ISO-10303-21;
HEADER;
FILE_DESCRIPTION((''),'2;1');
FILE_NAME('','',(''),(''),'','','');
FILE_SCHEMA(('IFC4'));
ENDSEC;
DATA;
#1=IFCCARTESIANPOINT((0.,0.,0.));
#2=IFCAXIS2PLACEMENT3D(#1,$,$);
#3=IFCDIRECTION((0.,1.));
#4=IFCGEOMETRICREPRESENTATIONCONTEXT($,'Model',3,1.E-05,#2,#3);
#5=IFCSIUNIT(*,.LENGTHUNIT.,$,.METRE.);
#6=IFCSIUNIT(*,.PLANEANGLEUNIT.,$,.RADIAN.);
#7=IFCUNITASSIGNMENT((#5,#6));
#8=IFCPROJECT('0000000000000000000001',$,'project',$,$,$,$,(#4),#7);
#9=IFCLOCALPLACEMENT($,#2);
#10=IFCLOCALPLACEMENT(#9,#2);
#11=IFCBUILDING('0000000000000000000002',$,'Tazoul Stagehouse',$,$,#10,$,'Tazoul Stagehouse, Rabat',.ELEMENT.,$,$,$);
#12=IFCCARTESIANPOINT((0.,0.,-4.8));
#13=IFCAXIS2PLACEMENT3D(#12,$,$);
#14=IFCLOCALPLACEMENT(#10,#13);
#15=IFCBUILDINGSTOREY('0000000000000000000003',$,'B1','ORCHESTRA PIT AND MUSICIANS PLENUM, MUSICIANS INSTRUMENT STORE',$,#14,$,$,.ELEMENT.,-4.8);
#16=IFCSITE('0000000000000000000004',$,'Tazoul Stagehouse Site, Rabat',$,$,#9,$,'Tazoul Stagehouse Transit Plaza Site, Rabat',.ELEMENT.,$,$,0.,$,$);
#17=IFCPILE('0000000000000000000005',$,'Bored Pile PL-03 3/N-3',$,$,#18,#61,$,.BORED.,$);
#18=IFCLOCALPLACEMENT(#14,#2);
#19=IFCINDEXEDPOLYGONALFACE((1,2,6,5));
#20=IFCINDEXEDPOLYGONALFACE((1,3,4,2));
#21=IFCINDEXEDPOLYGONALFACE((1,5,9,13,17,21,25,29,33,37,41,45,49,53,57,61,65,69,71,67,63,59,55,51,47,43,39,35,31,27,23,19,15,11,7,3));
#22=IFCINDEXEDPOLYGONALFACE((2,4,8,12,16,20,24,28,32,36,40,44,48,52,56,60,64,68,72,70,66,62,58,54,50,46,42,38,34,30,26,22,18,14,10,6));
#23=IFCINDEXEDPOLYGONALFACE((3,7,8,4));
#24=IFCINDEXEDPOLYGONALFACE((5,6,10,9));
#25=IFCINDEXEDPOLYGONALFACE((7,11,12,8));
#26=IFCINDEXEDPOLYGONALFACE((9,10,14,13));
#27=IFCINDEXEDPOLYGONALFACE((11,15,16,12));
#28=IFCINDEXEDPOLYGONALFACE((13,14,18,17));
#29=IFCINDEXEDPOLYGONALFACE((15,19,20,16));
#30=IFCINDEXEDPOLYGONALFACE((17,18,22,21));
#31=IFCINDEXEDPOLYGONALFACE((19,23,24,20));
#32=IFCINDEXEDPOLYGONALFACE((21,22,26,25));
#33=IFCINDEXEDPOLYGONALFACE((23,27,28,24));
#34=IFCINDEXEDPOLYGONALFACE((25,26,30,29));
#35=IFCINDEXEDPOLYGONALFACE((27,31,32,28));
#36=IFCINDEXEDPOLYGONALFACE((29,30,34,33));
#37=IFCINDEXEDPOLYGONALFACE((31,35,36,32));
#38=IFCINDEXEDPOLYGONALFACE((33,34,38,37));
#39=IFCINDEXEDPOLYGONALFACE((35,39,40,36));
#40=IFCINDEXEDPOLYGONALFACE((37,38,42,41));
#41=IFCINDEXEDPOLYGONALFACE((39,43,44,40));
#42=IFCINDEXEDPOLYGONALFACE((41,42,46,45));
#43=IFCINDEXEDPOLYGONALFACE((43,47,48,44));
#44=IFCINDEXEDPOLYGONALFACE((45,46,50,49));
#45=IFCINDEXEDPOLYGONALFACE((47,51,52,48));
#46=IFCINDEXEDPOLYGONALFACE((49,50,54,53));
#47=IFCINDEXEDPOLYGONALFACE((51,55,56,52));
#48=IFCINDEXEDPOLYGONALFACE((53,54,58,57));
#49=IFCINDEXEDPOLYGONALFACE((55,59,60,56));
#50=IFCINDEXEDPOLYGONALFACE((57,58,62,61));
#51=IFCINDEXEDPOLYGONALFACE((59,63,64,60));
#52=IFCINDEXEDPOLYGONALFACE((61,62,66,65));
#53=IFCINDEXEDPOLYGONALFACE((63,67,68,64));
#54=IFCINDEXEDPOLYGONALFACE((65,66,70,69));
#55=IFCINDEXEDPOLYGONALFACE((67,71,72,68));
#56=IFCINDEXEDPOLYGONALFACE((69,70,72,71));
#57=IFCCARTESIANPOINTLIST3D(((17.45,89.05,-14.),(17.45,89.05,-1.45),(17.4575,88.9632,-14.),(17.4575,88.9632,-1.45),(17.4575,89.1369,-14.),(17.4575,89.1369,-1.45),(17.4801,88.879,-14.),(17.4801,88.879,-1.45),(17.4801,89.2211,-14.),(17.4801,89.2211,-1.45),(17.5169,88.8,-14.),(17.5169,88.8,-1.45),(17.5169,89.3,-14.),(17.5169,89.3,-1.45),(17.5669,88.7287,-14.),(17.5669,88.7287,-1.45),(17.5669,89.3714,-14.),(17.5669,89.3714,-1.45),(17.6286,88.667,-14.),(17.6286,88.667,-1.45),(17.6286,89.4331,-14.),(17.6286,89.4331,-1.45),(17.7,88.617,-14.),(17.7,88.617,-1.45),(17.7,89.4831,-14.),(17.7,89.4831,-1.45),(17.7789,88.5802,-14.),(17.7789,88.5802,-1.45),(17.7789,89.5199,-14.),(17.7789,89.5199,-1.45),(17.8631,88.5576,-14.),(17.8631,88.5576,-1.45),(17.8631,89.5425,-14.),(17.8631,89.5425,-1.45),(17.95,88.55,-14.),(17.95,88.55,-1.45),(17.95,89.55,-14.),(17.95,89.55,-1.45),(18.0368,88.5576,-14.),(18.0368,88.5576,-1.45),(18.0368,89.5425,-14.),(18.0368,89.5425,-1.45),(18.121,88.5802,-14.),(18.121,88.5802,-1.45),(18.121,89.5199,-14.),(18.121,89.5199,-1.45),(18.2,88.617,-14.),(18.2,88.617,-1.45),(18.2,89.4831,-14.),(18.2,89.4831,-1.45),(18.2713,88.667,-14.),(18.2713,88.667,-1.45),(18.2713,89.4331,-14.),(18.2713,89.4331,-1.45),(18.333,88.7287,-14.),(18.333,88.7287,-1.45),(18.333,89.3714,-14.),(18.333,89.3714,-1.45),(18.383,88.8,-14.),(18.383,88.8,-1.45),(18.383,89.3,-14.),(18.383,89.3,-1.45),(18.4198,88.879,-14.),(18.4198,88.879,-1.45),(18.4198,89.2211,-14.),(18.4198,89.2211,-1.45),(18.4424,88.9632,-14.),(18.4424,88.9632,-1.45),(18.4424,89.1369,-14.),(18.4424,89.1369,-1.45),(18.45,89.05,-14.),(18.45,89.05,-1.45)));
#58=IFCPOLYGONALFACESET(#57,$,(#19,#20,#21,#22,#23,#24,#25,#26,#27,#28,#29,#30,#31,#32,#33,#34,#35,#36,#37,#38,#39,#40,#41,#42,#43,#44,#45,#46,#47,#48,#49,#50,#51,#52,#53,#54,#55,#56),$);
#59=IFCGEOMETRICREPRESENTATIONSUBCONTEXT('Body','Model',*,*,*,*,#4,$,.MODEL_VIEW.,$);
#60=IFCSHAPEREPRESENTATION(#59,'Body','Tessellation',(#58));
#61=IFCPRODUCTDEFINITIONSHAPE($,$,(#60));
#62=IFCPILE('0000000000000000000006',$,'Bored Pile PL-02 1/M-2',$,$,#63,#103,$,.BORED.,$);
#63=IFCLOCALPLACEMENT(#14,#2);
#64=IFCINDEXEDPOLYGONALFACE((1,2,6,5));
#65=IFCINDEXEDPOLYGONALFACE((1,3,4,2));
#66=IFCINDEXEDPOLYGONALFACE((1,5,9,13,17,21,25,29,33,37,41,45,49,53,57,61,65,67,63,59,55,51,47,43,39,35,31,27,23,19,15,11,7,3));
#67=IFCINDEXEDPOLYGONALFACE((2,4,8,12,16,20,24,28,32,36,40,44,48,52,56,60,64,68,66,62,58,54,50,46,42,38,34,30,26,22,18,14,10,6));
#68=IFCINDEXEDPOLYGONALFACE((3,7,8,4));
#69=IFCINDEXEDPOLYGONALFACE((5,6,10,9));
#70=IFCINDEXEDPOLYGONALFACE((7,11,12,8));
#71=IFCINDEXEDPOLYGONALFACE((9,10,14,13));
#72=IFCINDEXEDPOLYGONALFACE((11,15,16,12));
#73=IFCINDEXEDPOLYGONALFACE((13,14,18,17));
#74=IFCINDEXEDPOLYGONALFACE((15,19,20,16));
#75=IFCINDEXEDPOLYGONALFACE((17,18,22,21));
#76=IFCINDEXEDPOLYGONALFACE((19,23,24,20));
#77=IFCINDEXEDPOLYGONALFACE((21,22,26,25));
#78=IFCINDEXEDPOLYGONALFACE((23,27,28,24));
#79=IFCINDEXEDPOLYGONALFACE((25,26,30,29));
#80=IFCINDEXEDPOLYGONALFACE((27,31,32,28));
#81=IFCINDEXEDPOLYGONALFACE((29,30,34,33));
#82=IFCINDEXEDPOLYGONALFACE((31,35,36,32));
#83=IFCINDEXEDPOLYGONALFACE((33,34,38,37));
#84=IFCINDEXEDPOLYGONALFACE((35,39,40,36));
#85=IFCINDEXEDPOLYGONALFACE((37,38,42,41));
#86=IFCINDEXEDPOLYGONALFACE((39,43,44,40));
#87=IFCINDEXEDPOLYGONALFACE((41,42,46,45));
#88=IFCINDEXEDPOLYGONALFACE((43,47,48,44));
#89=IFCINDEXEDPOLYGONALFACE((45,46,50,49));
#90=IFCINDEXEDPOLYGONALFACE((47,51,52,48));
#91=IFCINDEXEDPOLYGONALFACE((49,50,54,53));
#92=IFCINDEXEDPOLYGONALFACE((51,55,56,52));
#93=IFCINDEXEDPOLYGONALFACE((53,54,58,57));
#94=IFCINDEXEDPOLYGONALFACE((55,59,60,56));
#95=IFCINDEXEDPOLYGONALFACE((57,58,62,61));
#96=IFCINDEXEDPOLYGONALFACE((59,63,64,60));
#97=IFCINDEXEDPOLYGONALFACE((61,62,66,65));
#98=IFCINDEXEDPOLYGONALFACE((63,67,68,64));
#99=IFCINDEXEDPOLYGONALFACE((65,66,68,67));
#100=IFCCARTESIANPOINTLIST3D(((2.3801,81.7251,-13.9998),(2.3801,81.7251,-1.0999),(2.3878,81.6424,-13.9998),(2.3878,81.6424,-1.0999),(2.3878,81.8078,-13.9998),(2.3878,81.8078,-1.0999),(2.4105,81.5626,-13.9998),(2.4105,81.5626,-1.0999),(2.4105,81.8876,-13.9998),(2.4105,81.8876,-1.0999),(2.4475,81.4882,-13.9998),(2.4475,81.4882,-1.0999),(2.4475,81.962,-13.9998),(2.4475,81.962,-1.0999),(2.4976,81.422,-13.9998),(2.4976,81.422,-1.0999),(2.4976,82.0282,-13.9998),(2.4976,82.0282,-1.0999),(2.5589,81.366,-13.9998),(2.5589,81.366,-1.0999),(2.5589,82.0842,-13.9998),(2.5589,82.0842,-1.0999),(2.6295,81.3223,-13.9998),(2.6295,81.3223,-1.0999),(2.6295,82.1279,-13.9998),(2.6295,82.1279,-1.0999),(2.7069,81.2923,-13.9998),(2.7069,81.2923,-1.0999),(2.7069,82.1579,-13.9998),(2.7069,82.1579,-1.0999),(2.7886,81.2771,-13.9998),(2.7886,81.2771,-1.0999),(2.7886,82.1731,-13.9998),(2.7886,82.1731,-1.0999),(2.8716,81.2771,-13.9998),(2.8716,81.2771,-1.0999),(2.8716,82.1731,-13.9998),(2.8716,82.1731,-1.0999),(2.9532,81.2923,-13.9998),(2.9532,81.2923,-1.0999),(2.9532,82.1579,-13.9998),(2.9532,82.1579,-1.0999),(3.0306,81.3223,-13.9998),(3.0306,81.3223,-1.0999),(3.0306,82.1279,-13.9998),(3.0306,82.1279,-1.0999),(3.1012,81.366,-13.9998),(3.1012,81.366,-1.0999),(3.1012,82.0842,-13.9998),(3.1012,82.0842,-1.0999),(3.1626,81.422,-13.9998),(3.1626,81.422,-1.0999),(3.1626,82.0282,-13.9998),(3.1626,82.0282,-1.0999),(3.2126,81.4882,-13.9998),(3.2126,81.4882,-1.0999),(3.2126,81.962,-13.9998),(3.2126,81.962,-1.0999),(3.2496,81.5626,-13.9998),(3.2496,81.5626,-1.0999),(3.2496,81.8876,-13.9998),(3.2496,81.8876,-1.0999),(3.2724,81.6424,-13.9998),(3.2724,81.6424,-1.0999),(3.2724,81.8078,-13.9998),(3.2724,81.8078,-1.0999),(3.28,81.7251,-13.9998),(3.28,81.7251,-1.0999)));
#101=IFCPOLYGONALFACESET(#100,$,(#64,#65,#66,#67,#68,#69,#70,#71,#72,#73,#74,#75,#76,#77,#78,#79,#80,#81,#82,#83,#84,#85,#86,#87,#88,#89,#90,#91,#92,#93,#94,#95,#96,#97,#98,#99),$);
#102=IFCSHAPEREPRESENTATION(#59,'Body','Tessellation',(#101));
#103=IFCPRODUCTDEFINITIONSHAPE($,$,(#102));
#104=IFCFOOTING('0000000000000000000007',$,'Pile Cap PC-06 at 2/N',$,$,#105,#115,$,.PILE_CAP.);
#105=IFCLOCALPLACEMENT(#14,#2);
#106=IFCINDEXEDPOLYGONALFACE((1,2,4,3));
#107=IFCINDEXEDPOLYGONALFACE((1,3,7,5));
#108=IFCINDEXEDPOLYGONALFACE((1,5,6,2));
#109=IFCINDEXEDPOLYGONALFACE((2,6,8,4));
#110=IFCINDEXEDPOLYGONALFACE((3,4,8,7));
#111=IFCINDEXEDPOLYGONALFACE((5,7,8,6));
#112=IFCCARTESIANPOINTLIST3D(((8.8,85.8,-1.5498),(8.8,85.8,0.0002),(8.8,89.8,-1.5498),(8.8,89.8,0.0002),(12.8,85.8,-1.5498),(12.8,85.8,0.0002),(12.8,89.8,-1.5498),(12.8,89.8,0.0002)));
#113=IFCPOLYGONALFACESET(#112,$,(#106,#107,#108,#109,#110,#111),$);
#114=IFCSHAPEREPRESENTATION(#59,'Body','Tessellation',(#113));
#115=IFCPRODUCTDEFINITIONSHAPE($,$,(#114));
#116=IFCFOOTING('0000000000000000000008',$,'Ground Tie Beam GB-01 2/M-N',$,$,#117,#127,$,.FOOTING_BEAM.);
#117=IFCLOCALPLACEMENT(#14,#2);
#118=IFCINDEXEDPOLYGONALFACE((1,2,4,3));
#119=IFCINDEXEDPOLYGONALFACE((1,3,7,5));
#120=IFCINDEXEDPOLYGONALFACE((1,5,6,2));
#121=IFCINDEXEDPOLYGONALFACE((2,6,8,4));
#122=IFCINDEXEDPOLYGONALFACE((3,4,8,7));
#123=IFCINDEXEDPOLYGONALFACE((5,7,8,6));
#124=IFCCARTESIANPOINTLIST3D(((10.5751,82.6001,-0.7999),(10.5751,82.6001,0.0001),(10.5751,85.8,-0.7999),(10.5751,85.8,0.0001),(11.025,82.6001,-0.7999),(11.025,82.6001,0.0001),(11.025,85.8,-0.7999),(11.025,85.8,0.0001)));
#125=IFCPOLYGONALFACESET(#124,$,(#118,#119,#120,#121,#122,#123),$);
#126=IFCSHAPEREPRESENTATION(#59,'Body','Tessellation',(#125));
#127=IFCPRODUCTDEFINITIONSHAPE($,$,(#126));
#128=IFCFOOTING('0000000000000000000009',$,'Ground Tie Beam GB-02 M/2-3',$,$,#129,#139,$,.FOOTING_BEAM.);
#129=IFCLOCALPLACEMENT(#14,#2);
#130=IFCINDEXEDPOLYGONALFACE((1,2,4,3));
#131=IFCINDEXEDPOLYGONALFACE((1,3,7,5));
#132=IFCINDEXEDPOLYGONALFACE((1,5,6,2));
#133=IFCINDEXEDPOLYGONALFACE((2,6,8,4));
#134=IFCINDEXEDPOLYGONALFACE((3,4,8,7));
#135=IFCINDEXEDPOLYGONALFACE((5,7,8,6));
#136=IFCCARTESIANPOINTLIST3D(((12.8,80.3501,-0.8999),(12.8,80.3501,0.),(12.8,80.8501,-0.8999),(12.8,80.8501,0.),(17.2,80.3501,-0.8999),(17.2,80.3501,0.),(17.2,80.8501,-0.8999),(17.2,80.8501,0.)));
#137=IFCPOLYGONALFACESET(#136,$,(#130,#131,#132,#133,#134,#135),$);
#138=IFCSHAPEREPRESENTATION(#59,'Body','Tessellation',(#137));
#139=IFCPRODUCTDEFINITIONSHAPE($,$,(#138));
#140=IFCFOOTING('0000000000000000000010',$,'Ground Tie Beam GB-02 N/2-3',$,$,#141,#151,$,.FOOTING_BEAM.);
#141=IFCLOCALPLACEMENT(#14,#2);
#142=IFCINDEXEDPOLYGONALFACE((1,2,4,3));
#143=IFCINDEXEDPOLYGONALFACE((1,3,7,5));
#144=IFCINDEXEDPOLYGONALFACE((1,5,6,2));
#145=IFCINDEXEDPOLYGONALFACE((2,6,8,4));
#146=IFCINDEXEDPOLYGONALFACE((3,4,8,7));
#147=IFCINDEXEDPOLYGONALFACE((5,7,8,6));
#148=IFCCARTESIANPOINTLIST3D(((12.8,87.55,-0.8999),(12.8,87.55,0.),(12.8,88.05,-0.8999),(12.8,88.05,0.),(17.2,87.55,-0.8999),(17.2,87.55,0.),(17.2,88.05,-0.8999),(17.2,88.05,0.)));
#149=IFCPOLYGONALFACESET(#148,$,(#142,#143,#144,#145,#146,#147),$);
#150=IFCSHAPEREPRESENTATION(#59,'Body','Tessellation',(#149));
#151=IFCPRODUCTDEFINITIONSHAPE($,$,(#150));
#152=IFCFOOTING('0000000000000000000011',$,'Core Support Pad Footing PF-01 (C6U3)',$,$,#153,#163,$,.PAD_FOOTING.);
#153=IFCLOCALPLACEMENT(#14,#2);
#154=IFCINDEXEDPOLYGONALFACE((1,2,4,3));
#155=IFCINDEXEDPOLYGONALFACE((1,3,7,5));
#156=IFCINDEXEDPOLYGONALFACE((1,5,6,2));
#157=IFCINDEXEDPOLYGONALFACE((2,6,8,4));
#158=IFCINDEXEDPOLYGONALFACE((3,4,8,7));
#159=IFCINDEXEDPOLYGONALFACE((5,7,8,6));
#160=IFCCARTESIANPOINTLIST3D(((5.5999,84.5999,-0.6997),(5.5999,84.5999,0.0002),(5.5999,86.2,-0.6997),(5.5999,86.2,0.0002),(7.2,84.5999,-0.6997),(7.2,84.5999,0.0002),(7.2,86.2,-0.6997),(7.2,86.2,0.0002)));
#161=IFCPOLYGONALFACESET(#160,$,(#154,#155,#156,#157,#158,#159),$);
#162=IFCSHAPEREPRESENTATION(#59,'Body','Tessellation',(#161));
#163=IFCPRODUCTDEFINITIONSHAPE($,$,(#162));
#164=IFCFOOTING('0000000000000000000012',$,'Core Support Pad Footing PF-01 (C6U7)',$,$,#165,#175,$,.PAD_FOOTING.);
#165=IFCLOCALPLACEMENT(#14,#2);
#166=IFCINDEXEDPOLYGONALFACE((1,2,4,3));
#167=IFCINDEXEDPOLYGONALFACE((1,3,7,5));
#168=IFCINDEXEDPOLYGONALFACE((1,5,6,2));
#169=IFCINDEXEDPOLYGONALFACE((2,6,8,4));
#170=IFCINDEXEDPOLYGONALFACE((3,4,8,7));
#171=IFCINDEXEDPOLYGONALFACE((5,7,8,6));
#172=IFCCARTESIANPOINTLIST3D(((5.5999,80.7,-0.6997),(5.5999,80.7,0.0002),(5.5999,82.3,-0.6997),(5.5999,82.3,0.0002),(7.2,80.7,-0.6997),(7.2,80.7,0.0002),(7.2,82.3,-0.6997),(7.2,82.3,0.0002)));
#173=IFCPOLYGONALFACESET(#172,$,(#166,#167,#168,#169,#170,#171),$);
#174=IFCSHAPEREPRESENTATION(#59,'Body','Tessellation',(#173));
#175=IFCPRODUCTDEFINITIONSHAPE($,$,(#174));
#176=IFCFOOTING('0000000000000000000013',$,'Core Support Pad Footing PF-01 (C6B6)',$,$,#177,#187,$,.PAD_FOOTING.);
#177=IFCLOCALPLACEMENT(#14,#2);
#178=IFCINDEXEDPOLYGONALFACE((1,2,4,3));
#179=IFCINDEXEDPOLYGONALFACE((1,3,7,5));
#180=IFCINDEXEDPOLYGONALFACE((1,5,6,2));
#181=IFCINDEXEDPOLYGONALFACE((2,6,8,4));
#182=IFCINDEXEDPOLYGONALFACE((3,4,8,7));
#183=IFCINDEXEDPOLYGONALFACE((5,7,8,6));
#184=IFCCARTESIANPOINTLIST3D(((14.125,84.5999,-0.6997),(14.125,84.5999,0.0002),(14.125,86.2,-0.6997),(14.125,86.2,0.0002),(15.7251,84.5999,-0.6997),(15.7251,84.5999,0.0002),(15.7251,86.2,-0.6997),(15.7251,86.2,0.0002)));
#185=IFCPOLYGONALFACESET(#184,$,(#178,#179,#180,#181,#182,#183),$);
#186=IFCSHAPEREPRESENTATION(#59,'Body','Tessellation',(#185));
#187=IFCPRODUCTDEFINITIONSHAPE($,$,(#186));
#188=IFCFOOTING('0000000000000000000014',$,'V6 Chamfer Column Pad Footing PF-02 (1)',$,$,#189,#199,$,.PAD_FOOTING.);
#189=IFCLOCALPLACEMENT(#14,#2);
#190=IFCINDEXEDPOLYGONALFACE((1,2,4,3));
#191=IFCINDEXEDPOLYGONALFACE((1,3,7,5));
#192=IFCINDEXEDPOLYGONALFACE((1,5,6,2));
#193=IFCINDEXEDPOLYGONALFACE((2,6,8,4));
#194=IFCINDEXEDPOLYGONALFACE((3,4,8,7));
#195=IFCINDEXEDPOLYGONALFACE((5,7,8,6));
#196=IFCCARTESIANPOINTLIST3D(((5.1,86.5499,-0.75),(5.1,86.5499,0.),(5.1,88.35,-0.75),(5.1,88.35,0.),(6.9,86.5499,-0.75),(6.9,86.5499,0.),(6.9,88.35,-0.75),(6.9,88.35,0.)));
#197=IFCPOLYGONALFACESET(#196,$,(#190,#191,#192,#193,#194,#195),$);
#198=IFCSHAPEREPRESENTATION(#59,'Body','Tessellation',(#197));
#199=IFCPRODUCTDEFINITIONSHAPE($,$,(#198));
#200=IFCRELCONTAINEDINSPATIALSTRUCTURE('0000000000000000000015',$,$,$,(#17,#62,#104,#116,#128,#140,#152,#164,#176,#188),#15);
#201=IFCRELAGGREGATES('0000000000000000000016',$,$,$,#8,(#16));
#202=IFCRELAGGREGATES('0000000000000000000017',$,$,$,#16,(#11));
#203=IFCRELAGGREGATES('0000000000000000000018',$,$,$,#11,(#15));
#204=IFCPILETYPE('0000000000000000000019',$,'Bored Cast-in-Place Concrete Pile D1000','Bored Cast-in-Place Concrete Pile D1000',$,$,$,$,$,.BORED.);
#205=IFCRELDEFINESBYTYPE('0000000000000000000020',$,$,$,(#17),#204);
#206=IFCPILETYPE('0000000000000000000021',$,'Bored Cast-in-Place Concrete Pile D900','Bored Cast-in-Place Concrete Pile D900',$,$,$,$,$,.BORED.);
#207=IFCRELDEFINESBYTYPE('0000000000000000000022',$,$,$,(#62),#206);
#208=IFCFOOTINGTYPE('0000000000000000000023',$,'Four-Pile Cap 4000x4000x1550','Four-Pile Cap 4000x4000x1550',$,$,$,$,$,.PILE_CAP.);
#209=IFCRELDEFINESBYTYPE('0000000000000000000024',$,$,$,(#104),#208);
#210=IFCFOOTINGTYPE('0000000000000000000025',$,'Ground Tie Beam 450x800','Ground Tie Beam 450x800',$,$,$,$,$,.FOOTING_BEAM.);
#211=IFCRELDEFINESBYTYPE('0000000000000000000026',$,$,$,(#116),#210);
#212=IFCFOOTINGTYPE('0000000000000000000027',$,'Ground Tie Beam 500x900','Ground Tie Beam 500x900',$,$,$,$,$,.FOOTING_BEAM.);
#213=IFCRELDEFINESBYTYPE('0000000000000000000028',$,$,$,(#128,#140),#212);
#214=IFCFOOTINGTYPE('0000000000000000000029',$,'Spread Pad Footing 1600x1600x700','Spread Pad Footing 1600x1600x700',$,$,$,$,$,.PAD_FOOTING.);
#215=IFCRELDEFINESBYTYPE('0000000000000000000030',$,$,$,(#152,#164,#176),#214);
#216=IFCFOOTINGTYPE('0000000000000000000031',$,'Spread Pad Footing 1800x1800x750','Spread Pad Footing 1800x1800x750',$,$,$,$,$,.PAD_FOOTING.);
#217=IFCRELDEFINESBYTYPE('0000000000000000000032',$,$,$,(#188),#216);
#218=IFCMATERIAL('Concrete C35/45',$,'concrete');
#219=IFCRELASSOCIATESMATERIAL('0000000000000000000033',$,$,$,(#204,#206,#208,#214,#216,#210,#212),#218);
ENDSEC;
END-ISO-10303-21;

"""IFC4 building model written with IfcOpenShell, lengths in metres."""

from ifc_helpers import new_model, si_unit, direction, frame, origin, origin_2d, place, context, subcontext, project, spatial, rectangle, circle, extrude, material, material_profile, profile_set, type_object, element, save


model = new_model("IFC4")

# Units and contexts
model_context = context("Model", 3, precision=1e-05, world=origin(), true_north=direction((0.0, 1.0)))
body_context = subcontext(model_context, "Body", "Model", "MODEL_VIEW")
ifc_project = project(units=[si_unit("LENGTHUNIT", "METRE"), si_unit("PLANEANGLEUNIT", "RADIAN")], contexts=[model_context])

# Site, building, storey
site_placement = place(None, origin())
site = spatial("IfcSite", under=ifc_project, at=site_placement, Name="Tazoul Stagehouse Site, Rabat", LongName="Tazoul Stagehouse Transit Plaza Site, Rabat", CompositionType="ELEMENT", RefElevation=0.0)
building_placement = place(site_placement, origin())
building = spatial("IfcBuilding", under=site, at=building_placement, Name="Tazoul Stagehouse", LongName="Tazoul Stagehouse, Rabat", CompositionType="ELEMENT")
storey_placement = place(building_placement, frame((0.0, 0.0, -4.8)))
storey = spatial("IfcBuildingStorey", under=building, at=storey_placement, Name="B1", Description="ORCHESTRA PIT AND MUSICIANS PLENUM, MUSICIANS INSTRUMENT STORE", CompositionType="ELEMENT", Elevation=-4.8)

# Piles
ifc_material_1 = material(Name="Concrete C35/45", Category="concrete")
ifc_material_profile_1 = material_profile(ifc_material_1, circle(Radius=0.5, at=origin_2d()), Name="BORED PILE 1000")
ifc_profile_set_1 = profile_set([ifc_material_profile_1], Name="Concrete C35/45")
pile_type_1 = type_object("IfcPileType", Name="Bored Cast-in-Place Concrete Pile D1000", Description="Bored Cast-in-Place Concrete Pile D1000", PredefinedType="BORED", material=ifc_profile_set_1)
for number, where, z_axis, x_axis, name in (
    (1, (17.95, 89.05, -1.45), (0.0, 0.0, -1.0), (1.0, 0.0, 0.0), "Bored Pile PL-03 3/N-3"),
):
    element("IfcPile", number, at=place(storey_placement, frame(where, z_axis=z_axis, x_axis=x_axis)), inside=storey, type_object=pile_type_1, Name=name, PredefinedType="BORED", context=body_context, shape_type="SweptSolid", body=[
        extrude(circle(Radius=0.5, at=origin_2d()), origin(), (0.0, 0.0, 1.0), 12.55),
    ])
ifc_material_profile_2 = material_profile(ifc_material_1, circle(Radius=0.45, at=origin_2d()), Name="BORED PILE 900")
ifc_profile_set_2 = profile_set([ifc_material_profile_2], Name="Concrete C35/45")
pile_type_2 = type_object("IfcPileType", Name="Bored Cast-in-Place Concrete Pile D900", Description="Bored Cast-in-Place Concrete Pile D900", PredefinedType="BORED", material=ifc_profile_set_2)
pile_placement = place(storey_placement, frame((2.8301, 81.7251, -1.0999), z_axis=(0.0, 0.0, -1.0), x_axis=(1.0, 0.0, 0.0)))
element("IfcPile", 2, at=pile_placement, inside=storey, type_object=pile_type_2, Name="Bored Pile PL-02 1/M-2", PredefinedType="BORED", context=body_context, shape_type="SweptSolid", body=[
    extrude(circle(Radius=0.45, at=origin_2d()), origin(), (0.0, 0.0, 1.0), 12.8999),
])

# Footings
footing_type_1 = type_object("IfcFootingType", Name="Four-Pile Cap 4000x4000x1550", Description="Four-Pile Cap 4000x4000x1550", PredefinedType="PILE_CAP", material=ifc_material_1)
footing_1_placement = place(storey_placement, frame((10.8, 87.8, -1.5498), z_axis=(0.0, 0.0, 1.0), x_axis=(1.0, 0.0, 0.0)))
element("IfcFooting", 3, at=footing_1_placement, inside=storey, type_object=footing_type_1, Name="Pile Cap PC-06 at 2/N", PredefinedType="PILE_CAP", context=body_context, shape_type="SweptSolid", body=[
    extrude(rectangle(XDim=4.0, YDim=4.0, at=origin_2d()), origin(), (0.0, 0.0, 1.0), 1.55),
])
ifc_material_profile_3 = material_profile(ifc_material_1, rectangle(XDim=0.45, YDim=0.8, at=origin_2d()), Name="RC 450x800")
ifc_profile_set_3 = profile_set([ifc_material_profile_3], Name="Concrete C35/45")
footing_type_2 = type_object("IfcFootingType", Name="Ground Tie Beam 450x800", Description="Ground Tie Beam 450x800", PredefinedType="FOOTING_BEAM", material=ifc_profile_set_3)
footing_2_placement = place(storey_placement, frame((10.8, 82.6001, -0.3999), z_axis=(0.0, 1.0, 0.0), x_axis=(-1.0, 0.0, 0.0)))
element("IfcFooting", 4, at=footing_2_placement, inside=storey, type_object=footing_type_2, Name="Ground Tie Beam GB-01 2/M-N", PredefinedType="FOOTING_BEAM", context=body_context, shape_type="SweptSolid", body=[
    extrude(rectangle(XDim=0.45, YDim=0.8, at=origin_2d()), origin(), (0.0, 0.0, 1.0), 3.2),
])
ifc_material_profile_4 = material_profile(ifc_material_1, rectangle(XDim=0.5, YDim=0.8999, at=origin_2d()), Name="RC 500x900")
ifc_profile_set_4 = profile_set([ifc_material_profile_4], Name="Concrete C35/45")
footing_type_3 = type_object("IfcFootingType", Name="Ground Tie Beam 500x900", Description="Ground Tie Beam 500x900", PredefinedType="FOOTING_BEAM", material=ifc_profile_set_4)
for number, where, z_axis, x_axis, name in (
    (5, (12.8, 80.6001, -0.45), (1.0, 0.0, 0.0), (0.0, 1.0, 0.0), "Ground Tie Beam GB-02 M/2-3"),
    (6, (12.8, 87.8, -0.45), (1.0, 0.0, 0.0), (0.0, 1.0, 0.0), "Ground Tie Beam GB-02 N/2-3"),
):
    element("IfcFooting", number, at=place(storey_placement, frame(where, z_axis=z_axis, x_axis=x_axis)), inside=storey, type_object=footing_type_3, Name=name, PredefinedType="FOOTING_BEAM", context=body_context, shape_type="SweptSolid", body=[
        extrude(rectangle(XDim=0.5, YDim=0.8999, at=origin_2d()), origin(), (0.0, 0.0, 1.0), 4.3999),
    ])
footing_type_4 = type_object("IfcFootingType", Name="Spread Pad Footing 1600x1600x700", Description="Spread Pad Footing 1600x1600x700", PredefinedType="PAD_FOOTING", material=ifc_material_1)
for number, where, z_axis, x_axis, name in (
    (7, (6.3999, 85.3999, -0.6997), (0.0, 0.0, 1.0), (1.0, 0.0, 0.0), "Core Support Pad Footing PF-01 (C6U3)"),
    (8, (6.3999, 81.5, -0.6997), (0.0, 0.0, 1.0), (1.0, 0.0, 0.0), "Core Support Pad Footing PF-01 (C6U7)"),
    (9, (14.925, 85.3999, -0.6997), (0.0, 0.0, 1.0), (1.0, 0.0, 0.0), "Core Support Pad Footing PF-01 (C6B6)"),
):
    element("IfcFooting", number, at=place(storey_placement, frame(where, z_axis=z_axis, x_axis=x_axis)), inside=storey, type_object=footing_type_4, Name=name, PredefinedType="PAD_FOOTING", context=body_context, shape_type="SweptSolid", body=[
        extrude(rectangle(XDim=1.6001, YDim=1.6001, at=origin_2d()), origin(), (0.0, 0.0, 1.0), 0.7),
    ])
footing_type_5 = type_object("IfcFootingType", Name="Spread Pad Footing 1800x1800x750", Description="Spread Pad Footing 1800x1800x750", PredefinedType="PAD_FOOTING", material=ifc_material_1)
for number, where, z_axis, x_axis, name in (
    (10, (6.0, 87.45, -0.75), (0.0, 0.0, 1.0), (1.0, 0.0, 0.0), "V6 Chamfer Column Pad Footing PF-02 (1)"),
):
    element("IfcFooting", number, at=place(storey_placement, frame(where, z_axis=z_axis, x_axis=x_axis)), inside=storey, type_object=footing_type_5, Name=name, PredefinedType="PAD_FOOTING", context=body_context, shape_type="SweptSolid", body=[
        extrude(rectangle(XDim=1.8, YDim=1.8, at=origin_2d()), origin(), (0.0, 0.0, 1.0), 0.75),
    ])

save(model, "model.ifc")
